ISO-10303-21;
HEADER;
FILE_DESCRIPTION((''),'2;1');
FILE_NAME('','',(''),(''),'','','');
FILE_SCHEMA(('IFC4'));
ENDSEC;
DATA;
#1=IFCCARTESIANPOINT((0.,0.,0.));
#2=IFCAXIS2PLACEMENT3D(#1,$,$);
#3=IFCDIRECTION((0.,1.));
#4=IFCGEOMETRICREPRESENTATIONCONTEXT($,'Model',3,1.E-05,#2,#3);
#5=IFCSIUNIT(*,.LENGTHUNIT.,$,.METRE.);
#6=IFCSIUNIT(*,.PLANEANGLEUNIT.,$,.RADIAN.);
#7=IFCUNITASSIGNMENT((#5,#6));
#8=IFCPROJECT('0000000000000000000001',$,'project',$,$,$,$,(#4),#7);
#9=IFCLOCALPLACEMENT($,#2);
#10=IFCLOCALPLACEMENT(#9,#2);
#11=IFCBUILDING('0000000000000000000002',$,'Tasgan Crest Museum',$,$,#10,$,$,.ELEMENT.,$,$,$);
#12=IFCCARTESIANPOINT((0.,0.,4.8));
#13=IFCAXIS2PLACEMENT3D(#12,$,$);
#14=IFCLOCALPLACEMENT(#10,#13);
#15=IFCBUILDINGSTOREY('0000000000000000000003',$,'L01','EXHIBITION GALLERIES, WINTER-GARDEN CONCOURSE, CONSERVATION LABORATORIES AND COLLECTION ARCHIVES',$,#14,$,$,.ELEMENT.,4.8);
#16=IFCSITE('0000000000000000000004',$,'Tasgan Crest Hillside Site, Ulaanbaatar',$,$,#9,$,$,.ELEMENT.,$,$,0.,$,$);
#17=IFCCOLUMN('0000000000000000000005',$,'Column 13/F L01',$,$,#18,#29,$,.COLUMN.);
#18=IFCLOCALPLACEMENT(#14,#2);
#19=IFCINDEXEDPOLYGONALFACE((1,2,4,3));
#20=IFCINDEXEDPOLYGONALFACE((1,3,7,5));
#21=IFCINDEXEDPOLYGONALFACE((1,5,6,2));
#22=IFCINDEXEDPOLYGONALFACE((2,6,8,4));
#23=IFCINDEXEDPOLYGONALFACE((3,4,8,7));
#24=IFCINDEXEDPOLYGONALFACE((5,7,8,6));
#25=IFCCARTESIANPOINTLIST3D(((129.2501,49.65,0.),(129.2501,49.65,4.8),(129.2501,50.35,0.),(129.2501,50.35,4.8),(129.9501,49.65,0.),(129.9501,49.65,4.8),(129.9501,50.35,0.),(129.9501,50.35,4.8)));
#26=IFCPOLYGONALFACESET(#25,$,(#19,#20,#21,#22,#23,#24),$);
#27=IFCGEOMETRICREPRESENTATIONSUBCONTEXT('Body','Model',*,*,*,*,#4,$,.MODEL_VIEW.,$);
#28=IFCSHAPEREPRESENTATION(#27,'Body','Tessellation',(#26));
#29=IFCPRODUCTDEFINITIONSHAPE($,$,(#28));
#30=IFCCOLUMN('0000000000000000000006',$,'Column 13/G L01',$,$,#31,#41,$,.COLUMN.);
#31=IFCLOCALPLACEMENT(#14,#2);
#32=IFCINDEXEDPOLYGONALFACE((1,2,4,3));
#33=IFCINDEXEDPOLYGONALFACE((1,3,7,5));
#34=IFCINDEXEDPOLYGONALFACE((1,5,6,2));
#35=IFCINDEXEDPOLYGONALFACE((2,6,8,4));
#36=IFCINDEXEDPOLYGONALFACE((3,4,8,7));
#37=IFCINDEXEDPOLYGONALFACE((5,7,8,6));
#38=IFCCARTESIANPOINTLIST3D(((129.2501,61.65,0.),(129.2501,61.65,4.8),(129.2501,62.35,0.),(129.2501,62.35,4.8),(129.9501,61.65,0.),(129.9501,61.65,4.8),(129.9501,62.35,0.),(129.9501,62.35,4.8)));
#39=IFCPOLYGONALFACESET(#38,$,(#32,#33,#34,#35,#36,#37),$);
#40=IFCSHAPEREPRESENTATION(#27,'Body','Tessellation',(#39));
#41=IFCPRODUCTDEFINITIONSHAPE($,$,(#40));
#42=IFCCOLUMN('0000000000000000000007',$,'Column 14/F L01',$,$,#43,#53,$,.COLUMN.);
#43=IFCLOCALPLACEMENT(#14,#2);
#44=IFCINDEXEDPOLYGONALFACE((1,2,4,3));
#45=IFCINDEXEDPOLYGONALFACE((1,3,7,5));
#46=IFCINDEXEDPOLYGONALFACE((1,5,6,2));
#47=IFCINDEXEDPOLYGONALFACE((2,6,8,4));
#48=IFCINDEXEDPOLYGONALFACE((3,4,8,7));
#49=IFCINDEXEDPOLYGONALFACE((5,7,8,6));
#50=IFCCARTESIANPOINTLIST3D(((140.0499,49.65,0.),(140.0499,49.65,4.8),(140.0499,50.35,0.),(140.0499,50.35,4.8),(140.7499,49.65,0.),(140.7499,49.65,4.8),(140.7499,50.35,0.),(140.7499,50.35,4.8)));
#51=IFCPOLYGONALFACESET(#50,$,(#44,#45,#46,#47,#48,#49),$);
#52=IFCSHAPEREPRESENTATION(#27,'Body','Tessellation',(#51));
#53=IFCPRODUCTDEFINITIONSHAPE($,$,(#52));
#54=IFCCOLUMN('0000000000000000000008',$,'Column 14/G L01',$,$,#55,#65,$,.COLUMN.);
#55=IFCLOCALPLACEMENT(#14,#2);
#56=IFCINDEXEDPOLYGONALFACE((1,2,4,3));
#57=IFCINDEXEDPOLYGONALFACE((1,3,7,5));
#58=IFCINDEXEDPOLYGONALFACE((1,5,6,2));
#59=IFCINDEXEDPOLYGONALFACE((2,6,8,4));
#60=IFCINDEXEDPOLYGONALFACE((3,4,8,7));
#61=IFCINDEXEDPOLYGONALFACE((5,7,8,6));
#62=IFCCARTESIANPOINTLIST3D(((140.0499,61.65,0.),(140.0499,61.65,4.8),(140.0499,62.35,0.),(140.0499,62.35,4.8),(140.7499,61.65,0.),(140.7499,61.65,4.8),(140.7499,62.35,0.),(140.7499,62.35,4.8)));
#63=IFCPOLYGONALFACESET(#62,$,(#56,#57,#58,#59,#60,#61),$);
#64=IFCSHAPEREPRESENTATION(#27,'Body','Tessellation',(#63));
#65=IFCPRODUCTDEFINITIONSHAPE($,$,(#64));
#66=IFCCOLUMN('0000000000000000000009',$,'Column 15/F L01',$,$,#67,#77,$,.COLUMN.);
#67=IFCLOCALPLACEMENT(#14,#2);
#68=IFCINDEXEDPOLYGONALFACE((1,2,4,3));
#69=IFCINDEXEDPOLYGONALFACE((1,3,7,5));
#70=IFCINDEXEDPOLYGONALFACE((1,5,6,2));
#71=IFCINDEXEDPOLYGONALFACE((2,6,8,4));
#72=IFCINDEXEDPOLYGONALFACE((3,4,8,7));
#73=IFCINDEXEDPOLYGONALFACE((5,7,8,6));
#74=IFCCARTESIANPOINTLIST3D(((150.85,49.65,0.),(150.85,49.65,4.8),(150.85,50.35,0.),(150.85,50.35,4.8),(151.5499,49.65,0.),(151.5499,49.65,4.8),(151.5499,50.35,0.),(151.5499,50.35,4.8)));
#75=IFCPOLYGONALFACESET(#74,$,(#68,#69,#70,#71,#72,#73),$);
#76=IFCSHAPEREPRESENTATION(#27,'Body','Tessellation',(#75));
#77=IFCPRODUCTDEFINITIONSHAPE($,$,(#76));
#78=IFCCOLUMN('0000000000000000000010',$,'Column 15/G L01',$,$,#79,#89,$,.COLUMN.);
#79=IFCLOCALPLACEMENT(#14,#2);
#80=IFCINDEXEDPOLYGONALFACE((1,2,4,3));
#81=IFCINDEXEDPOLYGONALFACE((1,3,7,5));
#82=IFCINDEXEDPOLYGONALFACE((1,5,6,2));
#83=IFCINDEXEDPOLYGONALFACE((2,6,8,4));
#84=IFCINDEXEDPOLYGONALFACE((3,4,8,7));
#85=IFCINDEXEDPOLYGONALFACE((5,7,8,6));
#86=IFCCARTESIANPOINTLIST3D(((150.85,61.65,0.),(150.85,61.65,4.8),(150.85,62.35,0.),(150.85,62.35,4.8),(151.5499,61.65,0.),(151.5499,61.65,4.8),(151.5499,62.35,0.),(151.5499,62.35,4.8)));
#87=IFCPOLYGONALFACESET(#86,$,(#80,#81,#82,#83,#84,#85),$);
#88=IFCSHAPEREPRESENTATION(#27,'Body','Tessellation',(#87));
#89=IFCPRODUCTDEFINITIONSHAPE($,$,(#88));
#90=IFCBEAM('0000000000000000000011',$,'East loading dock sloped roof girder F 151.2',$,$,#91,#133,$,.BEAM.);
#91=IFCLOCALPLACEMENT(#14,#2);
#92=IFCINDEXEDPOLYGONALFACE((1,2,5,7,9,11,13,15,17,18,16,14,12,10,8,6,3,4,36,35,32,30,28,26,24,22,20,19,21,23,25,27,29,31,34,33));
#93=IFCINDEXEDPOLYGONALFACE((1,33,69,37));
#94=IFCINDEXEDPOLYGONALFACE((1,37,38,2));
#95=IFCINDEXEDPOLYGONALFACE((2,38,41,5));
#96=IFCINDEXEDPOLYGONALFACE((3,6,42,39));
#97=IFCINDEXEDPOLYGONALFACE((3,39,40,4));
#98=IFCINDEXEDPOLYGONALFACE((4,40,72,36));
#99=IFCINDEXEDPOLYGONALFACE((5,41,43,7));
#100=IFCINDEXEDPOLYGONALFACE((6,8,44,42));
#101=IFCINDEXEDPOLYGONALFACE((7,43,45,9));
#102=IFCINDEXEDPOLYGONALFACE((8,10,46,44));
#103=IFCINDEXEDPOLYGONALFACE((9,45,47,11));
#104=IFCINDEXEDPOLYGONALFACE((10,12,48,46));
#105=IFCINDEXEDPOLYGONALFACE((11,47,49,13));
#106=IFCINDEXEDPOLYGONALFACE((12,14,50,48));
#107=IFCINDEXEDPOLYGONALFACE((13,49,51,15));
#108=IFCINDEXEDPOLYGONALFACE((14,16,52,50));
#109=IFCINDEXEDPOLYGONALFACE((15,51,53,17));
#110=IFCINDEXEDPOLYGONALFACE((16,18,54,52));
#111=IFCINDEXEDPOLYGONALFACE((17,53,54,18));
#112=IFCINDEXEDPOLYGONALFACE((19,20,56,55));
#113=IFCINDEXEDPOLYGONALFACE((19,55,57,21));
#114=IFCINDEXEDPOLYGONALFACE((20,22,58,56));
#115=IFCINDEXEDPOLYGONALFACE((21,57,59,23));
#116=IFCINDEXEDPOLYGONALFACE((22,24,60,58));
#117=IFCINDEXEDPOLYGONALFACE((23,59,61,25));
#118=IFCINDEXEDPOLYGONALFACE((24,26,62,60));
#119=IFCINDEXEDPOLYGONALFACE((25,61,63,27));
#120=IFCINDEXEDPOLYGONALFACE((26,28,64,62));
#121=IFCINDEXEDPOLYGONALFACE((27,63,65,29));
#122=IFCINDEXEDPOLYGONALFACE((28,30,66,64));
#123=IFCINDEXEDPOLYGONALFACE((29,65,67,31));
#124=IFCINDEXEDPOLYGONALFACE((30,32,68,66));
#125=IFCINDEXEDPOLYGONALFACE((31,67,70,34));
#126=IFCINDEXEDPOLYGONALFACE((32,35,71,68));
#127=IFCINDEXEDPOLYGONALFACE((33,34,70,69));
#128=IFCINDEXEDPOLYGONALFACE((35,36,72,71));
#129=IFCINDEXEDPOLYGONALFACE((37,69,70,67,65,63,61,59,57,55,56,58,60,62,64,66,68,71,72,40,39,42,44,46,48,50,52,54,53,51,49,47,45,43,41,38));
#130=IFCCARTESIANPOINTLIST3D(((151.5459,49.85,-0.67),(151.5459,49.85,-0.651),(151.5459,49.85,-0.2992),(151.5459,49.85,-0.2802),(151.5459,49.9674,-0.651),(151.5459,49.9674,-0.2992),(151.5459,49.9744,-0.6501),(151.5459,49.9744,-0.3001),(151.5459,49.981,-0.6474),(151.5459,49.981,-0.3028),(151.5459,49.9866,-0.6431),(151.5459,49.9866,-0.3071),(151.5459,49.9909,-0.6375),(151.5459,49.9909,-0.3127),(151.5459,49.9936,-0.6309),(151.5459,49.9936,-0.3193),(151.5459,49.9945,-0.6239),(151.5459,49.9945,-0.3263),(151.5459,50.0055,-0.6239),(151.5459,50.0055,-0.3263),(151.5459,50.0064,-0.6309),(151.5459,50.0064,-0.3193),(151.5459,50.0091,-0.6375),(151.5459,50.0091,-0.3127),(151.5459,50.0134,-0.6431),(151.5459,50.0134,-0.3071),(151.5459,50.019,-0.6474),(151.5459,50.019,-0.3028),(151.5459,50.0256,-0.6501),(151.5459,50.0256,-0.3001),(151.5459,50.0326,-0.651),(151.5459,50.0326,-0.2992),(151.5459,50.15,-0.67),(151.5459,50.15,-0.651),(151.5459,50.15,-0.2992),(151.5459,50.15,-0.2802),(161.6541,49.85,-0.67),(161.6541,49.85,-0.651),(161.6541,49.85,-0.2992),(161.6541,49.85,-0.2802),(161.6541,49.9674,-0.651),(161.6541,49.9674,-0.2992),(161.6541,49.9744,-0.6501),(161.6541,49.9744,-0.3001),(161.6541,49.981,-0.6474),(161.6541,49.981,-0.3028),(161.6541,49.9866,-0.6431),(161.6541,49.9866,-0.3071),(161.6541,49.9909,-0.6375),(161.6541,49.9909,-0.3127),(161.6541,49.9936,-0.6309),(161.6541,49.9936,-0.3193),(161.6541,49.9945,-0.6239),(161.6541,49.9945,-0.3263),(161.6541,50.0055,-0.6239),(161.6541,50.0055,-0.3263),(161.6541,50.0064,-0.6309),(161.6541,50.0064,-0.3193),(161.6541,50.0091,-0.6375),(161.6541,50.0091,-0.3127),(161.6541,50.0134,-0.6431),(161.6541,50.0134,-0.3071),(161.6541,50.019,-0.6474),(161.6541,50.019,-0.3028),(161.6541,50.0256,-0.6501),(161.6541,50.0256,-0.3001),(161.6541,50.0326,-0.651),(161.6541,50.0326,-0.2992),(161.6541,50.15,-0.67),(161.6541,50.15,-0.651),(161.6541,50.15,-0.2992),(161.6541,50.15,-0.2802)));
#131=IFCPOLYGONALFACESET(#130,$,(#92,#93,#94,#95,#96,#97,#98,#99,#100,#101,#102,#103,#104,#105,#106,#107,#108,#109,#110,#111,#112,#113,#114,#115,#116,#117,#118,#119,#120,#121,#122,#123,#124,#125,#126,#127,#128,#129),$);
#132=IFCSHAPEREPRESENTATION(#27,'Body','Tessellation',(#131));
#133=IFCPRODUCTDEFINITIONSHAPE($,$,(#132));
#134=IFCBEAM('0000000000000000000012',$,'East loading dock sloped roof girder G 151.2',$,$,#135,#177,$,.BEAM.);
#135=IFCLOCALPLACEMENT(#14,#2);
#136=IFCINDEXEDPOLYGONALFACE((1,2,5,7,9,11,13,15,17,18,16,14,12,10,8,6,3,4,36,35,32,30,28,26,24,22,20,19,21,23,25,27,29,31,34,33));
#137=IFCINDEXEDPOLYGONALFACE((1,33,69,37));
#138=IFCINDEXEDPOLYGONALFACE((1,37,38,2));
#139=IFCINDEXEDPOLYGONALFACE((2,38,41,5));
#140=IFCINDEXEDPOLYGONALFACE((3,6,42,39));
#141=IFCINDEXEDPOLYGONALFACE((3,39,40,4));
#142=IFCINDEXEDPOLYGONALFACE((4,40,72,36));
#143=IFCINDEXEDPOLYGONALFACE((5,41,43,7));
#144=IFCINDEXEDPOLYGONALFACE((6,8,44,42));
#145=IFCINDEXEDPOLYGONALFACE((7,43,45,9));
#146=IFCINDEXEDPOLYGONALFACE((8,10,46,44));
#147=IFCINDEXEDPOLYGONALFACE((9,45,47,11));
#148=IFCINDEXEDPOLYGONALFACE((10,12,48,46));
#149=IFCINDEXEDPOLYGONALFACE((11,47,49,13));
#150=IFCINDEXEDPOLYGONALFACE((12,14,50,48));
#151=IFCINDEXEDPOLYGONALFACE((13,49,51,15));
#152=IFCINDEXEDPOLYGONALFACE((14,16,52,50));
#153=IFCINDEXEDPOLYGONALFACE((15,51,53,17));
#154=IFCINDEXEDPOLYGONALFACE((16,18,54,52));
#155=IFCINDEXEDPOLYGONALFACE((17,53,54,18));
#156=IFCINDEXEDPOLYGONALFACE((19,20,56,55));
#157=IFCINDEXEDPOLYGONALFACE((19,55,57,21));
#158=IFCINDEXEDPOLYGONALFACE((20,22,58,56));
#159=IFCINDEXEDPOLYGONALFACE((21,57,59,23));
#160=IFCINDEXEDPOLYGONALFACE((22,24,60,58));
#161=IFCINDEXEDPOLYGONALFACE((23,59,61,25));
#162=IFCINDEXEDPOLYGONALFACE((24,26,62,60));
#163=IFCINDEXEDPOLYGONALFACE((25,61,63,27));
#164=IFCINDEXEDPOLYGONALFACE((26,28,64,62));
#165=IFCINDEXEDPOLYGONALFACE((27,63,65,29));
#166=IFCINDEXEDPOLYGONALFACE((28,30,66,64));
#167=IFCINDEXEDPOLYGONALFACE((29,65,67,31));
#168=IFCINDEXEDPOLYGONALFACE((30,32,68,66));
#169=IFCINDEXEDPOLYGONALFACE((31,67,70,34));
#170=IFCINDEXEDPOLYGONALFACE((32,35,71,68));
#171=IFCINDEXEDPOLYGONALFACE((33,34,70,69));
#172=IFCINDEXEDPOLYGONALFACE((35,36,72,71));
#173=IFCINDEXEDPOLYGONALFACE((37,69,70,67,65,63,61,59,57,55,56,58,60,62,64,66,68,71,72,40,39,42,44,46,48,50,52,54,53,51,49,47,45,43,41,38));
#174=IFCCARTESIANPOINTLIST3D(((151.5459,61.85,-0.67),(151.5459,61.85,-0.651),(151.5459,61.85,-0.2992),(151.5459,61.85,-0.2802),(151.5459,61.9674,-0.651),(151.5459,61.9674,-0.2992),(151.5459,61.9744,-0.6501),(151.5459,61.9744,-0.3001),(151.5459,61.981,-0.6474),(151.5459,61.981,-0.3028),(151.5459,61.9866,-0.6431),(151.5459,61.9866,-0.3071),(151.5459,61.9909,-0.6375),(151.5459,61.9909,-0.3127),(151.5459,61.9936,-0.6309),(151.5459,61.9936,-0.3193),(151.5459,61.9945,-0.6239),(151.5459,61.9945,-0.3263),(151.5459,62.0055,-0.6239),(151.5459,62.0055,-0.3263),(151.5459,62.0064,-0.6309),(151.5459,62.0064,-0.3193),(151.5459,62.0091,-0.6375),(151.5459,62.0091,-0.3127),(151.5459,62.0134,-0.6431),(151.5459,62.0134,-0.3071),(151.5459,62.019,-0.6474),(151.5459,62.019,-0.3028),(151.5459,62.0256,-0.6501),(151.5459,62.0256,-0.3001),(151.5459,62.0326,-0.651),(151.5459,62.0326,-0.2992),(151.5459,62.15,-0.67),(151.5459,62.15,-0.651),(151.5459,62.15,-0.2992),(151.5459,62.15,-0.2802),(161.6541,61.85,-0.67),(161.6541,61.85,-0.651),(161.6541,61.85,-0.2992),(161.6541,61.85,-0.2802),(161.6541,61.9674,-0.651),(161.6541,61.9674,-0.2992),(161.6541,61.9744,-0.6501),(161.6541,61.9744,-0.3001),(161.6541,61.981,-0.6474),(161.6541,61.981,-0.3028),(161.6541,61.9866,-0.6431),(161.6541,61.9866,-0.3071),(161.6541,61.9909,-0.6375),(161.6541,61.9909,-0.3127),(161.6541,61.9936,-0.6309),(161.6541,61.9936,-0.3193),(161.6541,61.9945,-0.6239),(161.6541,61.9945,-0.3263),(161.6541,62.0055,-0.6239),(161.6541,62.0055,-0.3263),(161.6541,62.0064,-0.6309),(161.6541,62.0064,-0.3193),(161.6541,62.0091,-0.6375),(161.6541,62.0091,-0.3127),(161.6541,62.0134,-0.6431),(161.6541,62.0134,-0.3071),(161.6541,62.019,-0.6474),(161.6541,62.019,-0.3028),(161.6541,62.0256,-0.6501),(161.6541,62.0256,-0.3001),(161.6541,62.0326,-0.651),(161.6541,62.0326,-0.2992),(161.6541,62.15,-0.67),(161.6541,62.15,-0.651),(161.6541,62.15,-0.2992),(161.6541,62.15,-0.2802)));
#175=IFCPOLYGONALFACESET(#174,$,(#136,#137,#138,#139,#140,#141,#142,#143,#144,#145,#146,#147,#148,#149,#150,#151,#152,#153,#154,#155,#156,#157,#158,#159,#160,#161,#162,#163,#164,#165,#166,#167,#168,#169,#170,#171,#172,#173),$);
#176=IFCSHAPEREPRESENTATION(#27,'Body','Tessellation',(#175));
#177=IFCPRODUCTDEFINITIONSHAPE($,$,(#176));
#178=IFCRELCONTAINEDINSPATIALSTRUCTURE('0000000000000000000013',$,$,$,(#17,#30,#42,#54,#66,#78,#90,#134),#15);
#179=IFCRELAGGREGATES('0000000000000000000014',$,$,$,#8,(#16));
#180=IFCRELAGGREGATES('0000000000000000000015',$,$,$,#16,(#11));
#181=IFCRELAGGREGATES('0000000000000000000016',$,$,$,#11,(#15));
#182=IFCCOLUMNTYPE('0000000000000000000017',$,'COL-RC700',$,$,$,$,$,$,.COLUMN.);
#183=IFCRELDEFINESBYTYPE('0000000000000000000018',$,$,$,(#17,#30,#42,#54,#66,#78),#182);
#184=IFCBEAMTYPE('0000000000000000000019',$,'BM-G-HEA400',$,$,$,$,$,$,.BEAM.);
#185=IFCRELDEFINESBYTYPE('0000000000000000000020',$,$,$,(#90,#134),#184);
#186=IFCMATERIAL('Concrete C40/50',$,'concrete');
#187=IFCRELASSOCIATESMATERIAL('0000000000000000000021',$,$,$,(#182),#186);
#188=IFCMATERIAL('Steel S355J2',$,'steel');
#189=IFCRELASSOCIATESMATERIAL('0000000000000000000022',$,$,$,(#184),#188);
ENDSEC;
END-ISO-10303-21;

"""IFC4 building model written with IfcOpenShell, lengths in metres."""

from ifc_helpers import new_model, si_unit, direction, frame, origin, origin_2d, place, context, subcontext, project, spatial, rectangle, i_section, extrude, material, material_profile, profile_set, type_object, element, save


model = new_model("IFC4")

# Units and contexts
model_context = context("Model", 3, precision=1e-05, world=origin(), true_north=direction((0.0, 1.0)))
body_context = subcontext(model_context, "Body", "Model", "MODEL_VIEW")
ifc_project = project(units=[si_unit("LENGTHUNIT", "METRE"), si_unit("PLANEANGLEUNIT", "RADIAN")], contexts=[model_context])

# Site, building, storey
site_placement = place(None, origin())
site = spatial("IfcSite", under=ifc_project, at=site_placement, Name="Tasgan Crest Hillside Site, Ulaanbaatar", CompositionType="ELEMENT", RefElevation=0.0)
building_placement = place(site_placement, origin())
building = spatial("IfcBuilding", under=site, at=building_placement, Name="Tasgan Crest Museum", CompositionType="ELEMENT")
storey_placement = place(building_placement, frame((0.0, 0.0, 4.8)))
storey = spatial("IfcBuildingStorey", under=building, at=storey_placement, Name="L01", Description="EXHIBITION GALLERIES, WINTER-GARDEN CONCOURSE, CONSERVATION LABORATORIES AND COLLECTION ARCHIVES", CompositionType="ELEMENT", Elevation=4.8)

# Columns
ifc_material_1 = material(Name="Concrete C40/50", Category="concrete")
ifc_material_profile_1 = material_profile(ifc_material_1, rectangle(XDim=0.7, YDim=0.7, at=origin_2d()), Name="RC 700x700")
ifc_profile_set_1 = profile_set([ifc_material_profile_1], Name="Concrete C40/50")
column_type = type_object("IfcColumnType", Name="COL-RC700", PredefinedType="COLUMN", material=ifc_profile_set_1)
for number, where, z_axis, x_axis, name in (
    (1, (129.6001, 50.0, 0.0), (0.0, 0.0, 1.0), (1.0, 0.0, 0.0), "Column 13/F L01"),
    (2, (129.6001, 62.0, 0.0), (0.0, 0.0, 1.0), (1.0, 0.0, 0.0), "Column 13/G L01"),
    (3, (140.3999, 50.0, 0.0), (0.0, 0.0, 1.0), (1.0, 0.0, 0.0), "Column 14/F L01"),
    (4, (140.3999, 62.0, 0.0), (0.0, 0.0, 1.0), (1.0, 0.0, 0.0), "Column 14/G L01"),
    (5, (151.2, 50.0, 0.0), (0.0, 0.0, 1.0), (1.0, 0.0, 0.0), "Column 15/F L01"),
    (6, (151.2, 62.0, 0.0), (0.0, 0.0, 1.0), (1.0, 0.0, 0.0), "Column 15/G L01"),
):
    element("IfcColumn", number, at=place(storey_placement, frame(where, z_axis=z_axis, x_axis=x_axis)), inside=storey, type_object=column_type, Name=name, PredefinedType="COLUMN", context=body_context, shape_type="SweptSolid", body=[
        extrude(rectangle(XDim=0.7, YDim=0.7, at=origin_2d()), origin(), (0.0, 0.0, 1.0), 4.8),
    ])

# Beams
ifc_material_2 = material(Name="Steel S355J2", Category="steel")
ifc_material_profile_2 = material_profile(ifc_material_2, i_section(OverallWidth=0.3, OverallDepth=0.3899, WebThickness=0.011, FlangeThickness=0.019, FilletRadius=0.0271, at=origin_2d()), Name="HEA 400")
ifc_profile_set_2 = profile_set([ifc_material_profile_2], Name="Steel S355J2")
beam_type_1 = type_object("IfcBeamType", Name="BM-G-HEA400", PredefinedType="BEAM", material=ifc_profile_set_2)
for number, where, z_axis, x_axis, name in (
    (7, (151.5459, 50.0, -0.4751), (1.0, 0.0, 0.0), (0.0, 1.0, 0.0), "East loading dock sloped roof girder F 151.2"),
    (8, (151.5459, 62.0, -0.4751), (1.0, 0.0, 0.0), (0.0, 1.0, 0.0), "East loading dock sloped roof girder G 151.2"),
):
    element("IfcBeam", number, at=place(storey_placement, frame(where, z_axis=z_axis, x_axis=x_axis)), inside=storey, type_object=beam_type_1, Name=name, PredefinedType="BEAM", context=body_context, shape_type="SweptSolid", body=[
        extrude(i_section(OverallWidth=0.3, OverallDepth=0.3899, WebThickness=0.011, FlangeThickness=0.019, FilletRadius=0.0271, at=origin_2d()), origin(), (0.0, 0.0, 1.0), 10.1082),
    ])

save(model, "model.ifc")
